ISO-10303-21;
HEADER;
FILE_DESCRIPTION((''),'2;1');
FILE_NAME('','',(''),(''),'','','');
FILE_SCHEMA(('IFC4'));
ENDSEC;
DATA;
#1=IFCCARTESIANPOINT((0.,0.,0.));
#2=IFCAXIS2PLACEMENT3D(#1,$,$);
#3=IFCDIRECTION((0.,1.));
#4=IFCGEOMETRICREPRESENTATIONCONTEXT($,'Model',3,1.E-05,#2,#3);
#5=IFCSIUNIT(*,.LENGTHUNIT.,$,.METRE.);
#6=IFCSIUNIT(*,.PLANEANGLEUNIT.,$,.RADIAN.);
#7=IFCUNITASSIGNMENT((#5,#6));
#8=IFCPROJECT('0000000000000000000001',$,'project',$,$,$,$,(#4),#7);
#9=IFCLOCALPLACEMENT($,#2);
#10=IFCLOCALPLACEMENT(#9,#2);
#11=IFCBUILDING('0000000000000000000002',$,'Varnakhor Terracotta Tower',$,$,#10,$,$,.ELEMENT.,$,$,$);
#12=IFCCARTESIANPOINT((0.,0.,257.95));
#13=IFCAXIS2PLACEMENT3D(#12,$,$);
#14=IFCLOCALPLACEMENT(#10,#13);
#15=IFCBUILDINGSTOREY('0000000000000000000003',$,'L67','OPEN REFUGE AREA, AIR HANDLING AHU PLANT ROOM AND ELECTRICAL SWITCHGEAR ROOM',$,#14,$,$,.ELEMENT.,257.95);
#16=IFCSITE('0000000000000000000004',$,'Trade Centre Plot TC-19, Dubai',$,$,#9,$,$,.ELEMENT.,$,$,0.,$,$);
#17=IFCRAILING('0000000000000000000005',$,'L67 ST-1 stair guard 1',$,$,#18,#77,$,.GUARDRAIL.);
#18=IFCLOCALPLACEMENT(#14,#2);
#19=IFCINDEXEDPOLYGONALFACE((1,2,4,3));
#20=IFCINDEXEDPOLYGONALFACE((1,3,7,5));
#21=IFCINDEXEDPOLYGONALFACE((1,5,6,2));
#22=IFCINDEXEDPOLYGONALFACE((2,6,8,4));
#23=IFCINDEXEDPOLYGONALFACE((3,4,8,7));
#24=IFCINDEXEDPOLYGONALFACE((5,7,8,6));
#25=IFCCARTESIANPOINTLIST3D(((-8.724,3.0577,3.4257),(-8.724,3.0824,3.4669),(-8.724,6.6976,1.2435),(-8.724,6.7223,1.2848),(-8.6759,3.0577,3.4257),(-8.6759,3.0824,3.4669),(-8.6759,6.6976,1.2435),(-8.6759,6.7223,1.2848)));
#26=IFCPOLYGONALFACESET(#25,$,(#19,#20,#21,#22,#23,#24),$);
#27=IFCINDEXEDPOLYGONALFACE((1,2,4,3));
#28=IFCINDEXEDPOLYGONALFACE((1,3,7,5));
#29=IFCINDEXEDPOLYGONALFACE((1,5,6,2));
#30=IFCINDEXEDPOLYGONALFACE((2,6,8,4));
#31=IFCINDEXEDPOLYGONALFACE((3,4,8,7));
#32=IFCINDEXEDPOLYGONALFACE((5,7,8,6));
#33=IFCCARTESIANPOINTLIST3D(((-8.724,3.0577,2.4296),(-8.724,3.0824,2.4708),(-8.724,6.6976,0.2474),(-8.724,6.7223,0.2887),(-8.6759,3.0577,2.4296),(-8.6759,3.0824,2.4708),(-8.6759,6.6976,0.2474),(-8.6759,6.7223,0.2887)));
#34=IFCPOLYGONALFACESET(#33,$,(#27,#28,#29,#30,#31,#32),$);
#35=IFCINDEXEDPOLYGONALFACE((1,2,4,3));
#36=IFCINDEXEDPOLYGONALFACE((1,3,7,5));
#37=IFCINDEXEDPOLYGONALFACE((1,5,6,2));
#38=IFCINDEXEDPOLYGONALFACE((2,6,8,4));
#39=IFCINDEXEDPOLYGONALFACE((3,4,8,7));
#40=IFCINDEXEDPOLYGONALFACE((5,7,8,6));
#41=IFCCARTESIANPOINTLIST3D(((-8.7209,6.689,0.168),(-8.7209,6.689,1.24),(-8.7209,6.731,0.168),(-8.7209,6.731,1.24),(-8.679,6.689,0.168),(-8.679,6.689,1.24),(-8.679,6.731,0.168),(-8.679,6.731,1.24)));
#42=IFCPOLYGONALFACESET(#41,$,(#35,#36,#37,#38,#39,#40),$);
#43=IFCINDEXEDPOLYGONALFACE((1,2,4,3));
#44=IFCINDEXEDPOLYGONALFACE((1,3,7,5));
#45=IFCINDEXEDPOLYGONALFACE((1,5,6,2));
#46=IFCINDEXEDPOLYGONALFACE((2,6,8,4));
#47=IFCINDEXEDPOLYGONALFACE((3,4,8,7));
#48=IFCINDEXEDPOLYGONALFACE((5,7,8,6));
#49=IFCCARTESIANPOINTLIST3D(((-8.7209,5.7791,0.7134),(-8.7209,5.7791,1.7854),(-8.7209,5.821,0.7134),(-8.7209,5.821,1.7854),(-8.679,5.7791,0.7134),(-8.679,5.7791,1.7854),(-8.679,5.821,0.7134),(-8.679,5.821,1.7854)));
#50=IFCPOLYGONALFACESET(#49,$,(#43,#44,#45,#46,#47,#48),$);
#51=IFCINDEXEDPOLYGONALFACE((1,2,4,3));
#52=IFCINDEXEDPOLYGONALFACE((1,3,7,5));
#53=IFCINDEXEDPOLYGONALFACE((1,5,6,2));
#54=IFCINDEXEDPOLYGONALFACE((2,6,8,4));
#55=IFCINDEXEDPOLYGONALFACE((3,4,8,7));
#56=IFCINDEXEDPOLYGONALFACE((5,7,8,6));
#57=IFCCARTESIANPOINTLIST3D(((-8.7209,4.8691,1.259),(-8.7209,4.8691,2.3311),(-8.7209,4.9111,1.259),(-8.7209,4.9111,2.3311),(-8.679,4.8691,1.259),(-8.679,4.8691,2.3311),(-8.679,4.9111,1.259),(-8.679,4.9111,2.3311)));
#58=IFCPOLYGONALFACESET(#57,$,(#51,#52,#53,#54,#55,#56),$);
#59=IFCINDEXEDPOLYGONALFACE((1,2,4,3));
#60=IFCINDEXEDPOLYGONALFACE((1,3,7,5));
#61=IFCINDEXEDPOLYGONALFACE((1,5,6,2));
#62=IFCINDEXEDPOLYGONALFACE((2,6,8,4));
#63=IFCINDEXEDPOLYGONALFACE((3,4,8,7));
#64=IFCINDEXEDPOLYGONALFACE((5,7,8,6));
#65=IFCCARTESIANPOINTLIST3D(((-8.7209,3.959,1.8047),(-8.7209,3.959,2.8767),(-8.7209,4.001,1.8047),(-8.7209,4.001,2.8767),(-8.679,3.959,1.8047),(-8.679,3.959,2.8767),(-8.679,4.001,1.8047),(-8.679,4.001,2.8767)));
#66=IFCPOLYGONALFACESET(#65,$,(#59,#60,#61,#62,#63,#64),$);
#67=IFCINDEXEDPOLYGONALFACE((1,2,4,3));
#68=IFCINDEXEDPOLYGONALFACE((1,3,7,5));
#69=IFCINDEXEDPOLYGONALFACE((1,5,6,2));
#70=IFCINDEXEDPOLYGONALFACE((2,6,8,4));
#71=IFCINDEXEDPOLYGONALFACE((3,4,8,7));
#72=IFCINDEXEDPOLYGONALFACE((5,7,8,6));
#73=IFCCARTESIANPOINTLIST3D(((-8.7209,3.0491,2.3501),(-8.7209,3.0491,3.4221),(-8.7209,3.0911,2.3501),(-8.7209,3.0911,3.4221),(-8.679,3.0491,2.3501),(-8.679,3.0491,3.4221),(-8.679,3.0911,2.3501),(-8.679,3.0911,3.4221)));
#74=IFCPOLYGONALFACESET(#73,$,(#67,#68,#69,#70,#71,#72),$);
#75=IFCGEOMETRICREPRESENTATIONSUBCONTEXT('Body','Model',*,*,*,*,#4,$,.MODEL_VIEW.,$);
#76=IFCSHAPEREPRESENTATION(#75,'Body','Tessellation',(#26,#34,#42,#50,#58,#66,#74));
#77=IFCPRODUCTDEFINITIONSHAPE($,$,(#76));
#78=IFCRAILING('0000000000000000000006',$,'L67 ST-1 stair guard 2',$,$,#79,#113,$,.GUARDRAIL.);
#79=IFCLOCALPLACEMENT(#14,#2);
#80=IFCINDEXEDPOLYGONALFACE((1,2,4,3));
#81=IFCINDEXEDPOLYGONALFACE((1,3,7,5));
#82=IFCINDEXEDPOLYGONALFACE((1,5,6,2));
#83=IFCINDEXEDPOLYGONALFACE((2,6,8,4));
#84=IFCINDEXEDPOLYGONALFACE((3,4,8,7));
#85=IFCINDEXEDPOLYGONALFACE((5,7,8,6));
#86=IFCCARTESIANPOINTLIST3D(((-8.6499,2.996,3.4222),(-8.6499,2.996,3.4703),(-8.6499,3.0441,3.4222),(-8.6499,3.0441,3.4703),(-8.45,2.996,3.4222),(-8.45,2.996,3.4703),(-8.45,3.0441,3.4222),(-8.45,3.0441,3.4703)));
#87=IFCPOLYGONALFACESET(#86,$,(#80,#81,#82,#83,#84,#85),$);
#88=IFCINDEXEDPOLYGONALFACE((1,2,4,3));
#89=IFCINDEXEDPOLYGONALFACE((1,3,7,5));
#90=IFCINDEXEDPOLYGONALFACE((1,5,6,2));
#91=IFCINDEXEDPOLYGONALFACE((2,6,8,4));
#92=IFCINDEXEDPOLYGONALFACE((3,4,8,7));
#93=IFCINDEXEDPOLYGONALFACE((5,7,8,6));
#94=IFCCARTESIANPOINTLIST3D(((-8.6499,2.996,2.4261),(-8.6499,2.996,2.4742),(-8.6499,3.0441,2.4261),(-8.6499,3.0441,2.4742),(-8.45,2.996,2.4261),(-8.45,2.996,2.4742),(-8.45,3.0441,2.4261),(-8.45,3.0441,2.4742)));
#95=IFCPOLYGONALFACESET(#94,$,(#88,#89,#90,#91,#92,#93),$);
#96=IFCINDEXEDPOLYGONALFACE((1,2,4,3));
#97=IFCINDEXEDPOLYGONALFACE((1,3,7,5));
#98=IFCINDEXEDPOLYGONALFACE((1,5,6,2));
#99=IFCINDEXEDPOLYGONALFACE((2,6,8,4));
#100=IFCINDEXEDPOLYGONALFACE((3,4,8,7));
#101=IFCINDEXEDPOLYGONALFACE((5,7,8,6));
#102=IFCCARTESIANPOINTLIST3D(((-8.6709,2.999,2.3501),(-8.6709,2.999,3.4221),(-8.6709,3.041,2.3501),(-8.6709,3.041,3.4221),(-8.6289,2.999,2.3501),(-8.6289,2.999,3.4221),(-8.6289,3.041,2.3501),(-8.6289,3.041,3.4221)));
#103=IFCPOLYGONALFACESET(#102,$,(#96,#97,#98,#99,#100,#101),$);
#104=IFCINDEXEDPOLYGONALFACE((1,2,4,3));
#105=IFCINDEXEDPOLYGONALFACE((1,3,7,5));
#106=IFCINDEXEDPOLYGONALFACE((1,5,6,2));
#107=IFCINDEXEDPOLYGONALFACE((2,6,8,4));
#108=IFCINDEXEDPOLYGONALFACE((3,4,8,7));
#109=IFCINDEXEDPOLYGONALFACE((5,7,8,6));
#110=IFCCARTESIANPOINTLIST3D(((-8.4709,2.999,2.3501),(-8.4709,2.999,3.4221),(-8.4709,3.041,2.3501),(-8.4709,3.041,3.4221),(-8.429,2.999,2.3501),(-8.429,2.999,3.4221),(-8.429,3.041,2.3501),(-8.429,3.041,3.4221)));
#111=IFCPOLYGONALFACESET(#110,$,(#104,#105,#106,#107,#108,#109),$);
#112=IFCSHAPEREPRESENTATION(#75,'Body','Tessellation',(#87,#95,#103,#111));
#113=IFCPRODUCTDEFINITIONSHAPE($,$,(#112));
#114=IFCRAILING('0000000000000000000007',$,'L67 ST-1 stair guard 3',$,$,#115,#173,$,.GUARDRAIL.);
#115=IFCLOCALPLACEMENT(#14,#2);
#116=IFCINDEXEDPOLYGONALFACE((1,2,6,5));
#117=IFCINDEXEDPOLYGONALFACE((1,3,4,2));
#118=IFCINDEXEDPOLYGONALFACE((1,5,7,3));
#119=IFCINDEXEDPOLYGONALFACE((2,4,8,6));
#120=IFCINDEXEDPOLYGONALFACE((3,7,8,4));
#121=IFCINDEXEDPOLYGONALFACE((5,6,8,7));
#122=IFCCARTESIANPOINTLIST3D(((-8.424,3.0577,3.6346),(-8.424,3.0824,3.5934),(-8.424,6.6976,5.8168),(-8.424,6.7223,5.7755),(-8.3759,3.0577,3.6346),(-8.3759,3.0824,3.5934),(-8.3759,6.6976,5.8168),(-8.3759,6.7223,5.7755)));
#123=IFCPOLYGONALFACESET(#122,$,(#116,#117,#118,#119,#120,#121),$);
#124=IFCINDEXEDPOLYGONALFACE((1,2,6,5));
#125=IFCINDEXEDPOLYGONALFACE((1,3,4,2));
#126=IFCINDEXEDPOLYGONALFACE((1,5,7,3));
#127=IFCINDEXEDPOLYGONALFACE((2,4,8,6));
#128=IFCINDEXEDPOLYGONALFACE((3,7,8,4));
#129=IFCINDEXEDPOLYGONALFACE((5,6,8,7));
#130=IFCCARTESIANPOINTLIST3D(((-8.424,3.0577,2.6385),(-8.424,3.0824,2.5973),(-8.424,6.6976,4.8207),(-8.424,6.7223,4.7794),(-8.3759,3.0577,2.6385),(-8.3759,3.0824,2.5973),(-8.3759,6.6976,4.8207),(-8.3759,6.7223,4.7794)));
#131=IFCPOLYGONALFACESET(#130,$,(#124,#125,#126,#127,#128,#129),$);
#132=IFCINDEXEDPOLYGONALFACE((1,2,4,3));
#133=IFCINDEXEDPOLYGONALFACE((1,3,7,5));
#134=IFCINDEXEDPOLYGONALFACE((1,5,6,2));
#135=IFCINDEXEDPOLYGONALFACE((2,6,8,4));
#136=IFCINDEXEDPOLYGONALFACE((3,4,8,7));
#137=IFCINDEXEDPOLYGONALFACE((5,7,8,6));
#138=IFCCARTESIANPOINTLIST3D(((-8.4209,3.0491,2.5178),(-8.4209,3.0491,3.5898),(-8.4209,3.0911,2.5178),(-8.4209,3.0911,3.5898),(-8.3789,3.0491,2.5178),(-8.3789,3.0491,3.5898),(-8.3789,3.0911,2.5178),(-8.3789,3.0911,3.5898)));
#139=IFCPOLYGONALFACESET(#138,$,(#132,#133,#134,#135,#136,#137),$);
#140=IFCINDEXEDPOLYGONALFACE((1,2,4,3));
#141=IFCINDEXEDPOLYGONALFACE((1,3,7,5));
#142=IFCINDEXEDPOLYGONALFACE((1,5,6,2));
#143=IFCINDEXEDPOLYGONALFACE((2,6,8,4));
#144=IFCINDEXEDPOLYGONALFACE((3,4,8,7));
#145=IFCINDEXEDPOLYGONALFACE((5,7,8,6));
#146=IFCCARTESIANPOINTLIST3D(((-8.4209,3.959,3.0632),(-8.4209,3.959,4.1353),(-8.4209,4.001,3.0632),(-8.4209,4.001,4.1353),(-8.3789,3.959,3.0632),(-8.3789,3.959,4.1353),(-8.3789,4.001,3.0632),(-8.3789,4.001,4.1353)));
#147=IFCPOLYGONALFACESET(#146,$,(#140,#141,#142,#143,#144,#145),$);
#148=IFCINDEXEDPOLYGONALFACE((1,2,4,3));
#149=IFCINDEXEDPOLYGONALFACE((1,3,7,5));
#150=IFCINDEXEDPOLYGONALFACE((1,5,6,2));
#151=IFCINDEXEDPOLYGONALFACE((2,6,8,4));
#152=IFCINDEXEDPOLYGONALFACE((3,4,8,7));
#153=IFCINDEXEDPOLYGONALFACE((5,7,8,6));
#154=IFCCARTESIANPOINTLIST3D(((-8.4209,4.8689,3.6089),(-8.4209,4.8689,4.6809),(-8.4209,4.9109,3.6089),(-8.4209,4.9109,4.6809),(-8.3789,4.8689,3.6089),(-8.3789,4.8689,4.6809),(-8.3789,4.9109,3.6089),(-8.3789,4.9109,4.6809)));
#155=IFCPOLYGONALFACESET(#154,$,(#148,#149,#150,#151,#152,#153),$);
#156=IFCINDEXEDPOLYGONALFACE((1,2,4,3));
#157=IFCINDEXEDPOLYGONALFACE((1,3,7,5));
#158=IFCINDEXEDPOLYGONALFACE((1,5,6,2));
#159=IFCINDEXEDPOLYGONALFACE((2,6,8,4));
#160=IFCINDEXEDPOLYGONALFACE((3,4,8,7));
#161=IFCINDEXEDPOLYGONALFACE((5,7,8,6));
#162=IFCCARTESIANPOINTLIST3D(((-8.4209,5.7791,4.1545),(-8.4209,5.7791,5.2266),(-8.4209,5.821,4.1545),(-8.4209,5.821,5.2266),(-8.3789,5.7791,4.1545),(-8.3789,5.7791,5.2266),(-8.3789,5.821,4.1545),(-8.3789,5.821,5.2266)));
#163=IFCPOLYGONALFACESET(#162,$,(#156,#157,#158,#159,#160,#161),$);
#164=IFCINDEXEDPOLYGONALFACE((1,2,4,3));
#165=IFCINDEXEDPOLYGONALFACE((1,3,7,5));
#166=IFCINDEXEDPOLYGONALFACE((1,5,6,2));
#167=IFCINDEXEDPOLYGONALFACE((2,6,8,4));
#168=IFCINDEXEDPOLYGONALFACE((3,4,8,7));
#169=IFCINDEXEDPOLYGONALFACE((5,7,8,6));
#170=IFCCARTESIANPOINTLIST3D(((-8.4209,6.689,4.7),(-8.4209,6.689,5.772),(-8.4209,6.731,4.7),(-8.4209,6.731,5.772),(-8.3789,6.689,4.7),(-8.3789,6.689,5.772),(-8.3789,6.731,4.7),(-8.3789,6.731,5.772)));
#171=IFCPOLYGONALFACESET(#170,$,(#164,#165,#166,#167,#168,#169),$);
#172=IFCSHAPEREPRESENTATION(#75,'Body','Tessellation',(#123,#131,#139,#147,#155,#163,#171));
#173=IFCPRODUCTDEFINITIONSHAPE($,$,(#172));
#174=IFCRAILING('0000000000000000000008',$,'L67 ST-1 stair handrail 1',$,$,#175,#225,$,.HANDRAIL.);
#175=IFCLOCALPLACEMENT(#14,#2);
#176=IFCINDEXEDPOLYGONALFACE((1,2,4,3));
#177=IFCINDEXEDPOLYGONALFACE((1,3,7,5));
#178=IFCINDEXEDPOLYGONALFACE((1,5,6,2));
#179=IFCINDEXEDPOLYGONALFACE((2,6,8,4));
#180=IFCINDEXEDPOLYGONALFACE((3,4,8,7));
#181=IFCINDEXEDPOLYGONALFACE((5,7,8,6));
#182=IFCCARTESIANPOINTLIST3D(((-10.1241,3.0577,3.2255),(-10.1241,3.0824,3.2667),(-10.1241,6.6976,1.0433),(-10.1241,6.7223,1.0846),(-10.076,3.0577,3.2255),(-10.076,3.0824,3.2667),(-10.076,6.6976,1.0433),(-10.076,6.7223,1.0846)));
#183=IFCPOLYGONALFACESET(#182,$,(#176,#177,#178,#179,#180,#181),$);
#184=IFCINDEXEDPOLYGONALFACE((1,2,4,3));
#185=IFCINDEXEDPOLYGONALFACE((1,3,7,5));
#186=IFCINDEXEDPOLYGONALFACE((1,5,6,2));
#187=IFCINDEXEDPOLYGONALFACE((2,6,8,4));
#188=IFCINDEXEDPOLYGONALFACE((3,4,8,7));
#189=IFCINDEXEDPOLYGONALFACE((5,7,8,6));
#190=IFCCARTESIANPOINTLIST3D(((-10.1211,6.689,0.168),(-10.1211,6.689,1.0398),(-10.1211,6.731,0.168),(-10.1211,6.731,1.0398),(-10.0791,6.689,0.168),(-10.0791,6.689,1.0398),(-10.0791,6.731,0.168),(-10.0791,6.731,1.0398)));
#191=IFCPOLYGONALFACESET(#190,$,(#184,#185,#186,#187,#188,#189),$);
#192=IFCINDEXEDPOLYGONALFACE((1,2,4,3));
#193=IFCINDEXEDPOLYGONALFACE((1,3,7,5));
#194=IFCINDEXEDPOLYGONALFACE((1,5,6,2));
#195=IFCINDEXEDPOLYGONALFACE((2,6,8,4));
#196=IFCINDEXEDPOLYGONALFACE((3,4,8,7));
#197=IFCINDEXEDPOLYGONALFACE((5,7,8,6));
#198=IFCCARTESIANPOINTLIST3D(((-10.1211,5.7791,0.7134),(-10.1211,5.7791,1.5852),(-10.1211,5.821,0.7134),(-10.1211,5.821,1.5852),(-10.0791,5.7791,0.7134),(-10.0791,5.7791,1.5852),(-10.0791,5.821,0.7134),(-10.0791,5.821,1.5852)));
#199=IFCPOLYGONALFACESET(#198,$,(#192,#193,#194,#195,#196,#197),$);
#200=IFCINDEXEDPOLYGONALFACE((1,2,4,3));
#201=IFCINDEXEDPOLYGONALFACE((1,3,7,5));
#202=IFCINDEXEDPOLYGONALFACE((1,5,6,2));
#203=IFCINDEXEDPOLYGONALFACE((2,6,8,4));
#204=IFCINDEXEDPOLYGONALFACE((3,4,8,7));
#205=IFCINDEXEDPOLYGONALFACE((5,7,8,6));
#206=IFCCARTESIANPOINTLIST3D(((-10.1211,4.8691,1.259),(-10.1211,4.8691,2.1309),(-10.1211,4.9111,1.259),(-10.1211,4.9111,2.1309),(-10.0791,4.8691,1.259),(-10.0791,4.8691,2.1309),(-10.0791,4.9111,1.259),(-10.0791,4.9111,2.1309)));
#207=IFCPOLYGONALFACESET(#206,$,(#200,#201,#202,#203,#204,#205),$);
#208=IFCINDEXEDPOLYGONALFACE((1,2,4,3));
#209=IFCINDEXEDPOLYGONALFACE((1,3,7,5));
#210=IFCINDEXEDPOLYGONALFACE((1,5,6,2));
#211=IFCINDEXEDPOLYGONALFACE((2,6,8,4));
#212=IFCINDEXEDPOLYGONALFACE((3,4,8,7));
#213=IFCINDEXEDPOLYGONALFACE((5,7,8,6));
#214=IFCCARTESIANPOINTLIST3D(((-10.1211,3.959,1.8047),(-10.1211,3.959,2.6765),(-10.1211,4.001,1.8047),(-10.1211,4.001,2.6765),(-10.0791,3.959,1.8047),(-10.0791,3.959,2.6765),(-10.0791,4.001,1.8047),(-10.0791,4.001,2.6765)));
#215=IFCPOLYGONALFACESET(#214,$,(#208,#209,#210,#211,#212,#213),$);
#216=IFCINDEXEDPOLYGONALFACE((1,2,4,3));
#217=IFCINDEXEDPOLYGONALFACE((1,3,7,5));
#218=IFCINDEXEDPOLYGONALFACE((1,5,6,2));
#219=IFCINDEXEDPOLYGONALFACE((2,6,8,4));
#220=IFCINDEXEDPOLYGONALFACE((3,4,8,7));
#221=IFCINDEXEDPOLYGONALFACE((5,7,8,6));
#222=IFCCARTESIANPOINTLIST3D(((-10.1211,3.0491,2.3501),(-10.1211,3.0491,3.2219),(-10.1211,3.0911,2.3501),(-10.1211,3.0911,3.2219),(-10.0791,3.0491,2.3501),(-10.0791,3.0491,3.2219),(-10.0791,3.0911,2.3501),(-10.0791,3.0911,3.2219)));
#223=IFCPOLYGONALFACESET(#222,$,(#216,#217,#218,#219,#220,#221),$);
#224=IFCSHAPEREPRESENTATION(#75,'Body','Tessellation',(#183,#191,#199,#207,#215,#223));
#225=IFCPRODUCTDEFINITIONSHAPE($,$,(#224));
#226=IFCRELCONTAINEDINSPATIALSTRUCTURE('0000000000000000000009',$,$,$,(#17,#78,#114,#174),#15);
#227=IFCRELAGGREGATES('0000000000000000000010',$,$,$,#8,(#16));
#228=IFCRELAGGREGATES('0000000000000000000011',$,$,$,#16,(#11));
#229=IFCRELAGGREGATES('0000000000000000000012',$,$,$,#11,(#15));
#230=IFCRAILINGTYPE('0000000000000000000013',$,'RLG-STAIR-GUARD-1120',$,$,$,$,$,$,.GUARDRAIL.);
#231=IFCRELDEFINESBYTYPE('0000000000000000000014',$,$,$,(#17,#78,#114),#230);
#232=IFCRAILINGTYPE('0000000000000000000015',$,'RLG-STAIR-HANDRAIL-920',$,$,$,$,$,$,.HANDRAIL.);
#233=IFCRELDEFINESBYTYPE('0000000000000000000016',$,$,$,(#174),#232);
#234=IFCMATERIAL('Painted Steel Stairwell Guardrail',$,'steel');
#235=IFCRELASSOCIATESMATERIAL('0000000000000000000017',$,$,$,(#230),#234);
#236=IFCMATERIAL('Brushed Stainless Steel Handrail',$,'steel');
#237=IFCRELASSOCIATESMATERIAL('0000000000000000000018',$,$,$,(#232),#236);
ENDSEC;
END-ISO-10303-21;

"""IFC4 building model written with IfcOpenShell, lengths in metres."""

from ifc_helpers import new_model, si_unit, direction, frame, origin, origin_2d, place, context, subcontext, project, spatial, rectangle, extrude, material, type_object, element, save


model = new_model("IFC4")

# Units and contexts
model_context = context("Model", 3, precision=1e-05, world=origin(), true_north=direction((0.0, 1.0)))
body_context = subcontext(model_context, "Body", "Model", "MODEL_VIEW")
ifc_project = project(units=[si_unit("LENGTHUNIT", "METRE"), si_unit("PLANEANGLEUNIT", "RADIAN")], contexts=[model_context])

# Site, building, storey
site_placement = place(None, origin())
site = spatial("IfcSite", under=ifc_project, at=site_placement, Name="Trade Centre Plot TC-19, Dubai", CompositionType="ELEMENT", RefElevation=0.0)
building_placement = place(site_placement, origin())
building = spatial("IfcBuilding", under=site, at=building_placement, Name="Varnakhor Terracotta Tower", CompositionType="ELEMENT")
storey_placement = place(building_placement, frame((0.0, 0.0, 257.95)))
storey = spatial("IfcBuildingStorey", under=building, at=storey_placement, Name="L67", Description="OPEN REFUGE AREA, AIR HANDLING AHU PLANT ROOM AND ELECTRICAL SWITCHGEAR ROOM", CompositionType="ELEMENT", Elevation=257.95)

# Railings
ifc_material_1 = material(Name="Painted Steel Stairwell Guardrail", Category="steel")
railing_type_1 = type_object("IfcRailingType", Name="RLG-STAIR-GUARD-1120", PredefinedType="GUARDRAIL", material=ifc_material_1)
railing_1_placement = place(storey_placement, frame((-8.7, 6.71, 0.168)))
element("IfcRailing", 1, at=railing_1_placement, inside=storey, type_object=railing_type_1, Name="L67 ST-1 stair guard 1", PredefinedType="GUARDRAIL", context=body_context, shape_type="SweptSolid", body=[
    extrude(rectangle(XDim=0.0481, YDim=0.0481, at=origin_2d()), frame((0.0, 0.0, 1.0962), z_axis=(0.0, -0.857681, 0.514183), x_axis=(1.0, 0.0, 0.0)), (0.0, 0.0, 1.0), 4.2439),
    extrude(rectangle(XDim=0.0481, YDim=0.0481, at=origin_2d()), frame((0.0, 0.0, 0.1001), z_axis=(0.0, -0.857681, 0.514183), x_axis=(1.0, 0.0, 0.0)), (0.0, 0.0, 1.0), 4.2439),
    extrude(rectangle(XDim=0.042, YDim=0.042, at=origin_2d()), origin(), (0.0, 0.0, 1.0), 1.072),
    extrude(rectangle(XDim=0.042, YDim=0.042, at=origin_2d()), frame((0.0, -0.9099, 0.5454)), (0.0, 0.0, 1.0), 1.072),
    extrude(rectangle(XDim=0.042, YDim=0.042, at=origin_2d()), frame((0.0, -1.8198, 1.0911)), (0.0, 0.0, 1.0), 1.072),
    extrude(rectangle(XDim=0.042, YDim=0.042, at=origin_2d()), frame((0.0, -2.73, 1.6367)), (0.0, 0.0, 1.0), 1.072),
    extrude(rectangle(XDim=0.042, YDim=0.042, at=origin_2d()), frame((0.0, -3.6399, 2.1821)), (0.0, 0.0, 1.0), 1.072),
])
railing_2_placement = place(storey_placement, frame((-8.6499, 3.02, 2.3501)))
element("IfcRailing", 2, at=railing_2_placement, inside=storey, type_object=railing_type_1, Name="L67 ST-1 stair guard 2", PredefinedType="GUARDRAIL", context=body_context, shape_type="SweptSolid", body=[
    extrude(rectangle(XDim=0.0481, YDim=0.0481, at=origin_2d()), frame((0.0, 0.0, 1.0962), z_axis=(1.0, 0.0, 0.0), x_axis=(0.0, 1.0, 0.0)), (0.0, 0.0, 1.0), 0.2),
    extrude(rectangle(XDim=0.0481, YDim=0.0481, at=origin_2d()), frame((0.0, 0.0, 0.1001), z_axis=(1.0, 0.0, 0.0), x_axis=(0.0, 1.0, 0.0)), (0.0, 0.0, 1.0), 0.2),
    extrude(rectangle(XDim=0.042, YDim=0.042, at=origin_2d()), origin(), (0.0, 0.0, 1.0), 1.072),
    extrude(rectangle(XDim=0.042, YDim=0.042, at=origin_2d()), frame((0.2, 0.0, 0.0)), (0.0, 0.0, 1.0), 1.072),
])
railing_3_placement = place(storey_placement, frame((-8.3999, 3.0701, 2.5178)))
element("IfcRailing", 3, at=railing_3_placement, inside=storey, type_object=railing_type_1, Name="L67 ST-1 stair guard 3", PredefinedType="GUARDRAIL", context=body_context, shape_type="SweptSolid", body=[
    extrude(rectangle(XDim=0.0481, YDim=0.0481, at=origin_2d()), frame((0.0, 0.0, 1.0962), z_axis=(0.0, 0.857681, 0.514183), x_axis=(-1.0, 0.0, 0.0)), (0.0, 0.0, 1.0), 4.2439),
    extrude(rectangle(XDim=0.0481, YDim=0.0481, at=origin_2d()), frame((0.0, 0.0, 0.1001), z_axis=(0.0, 0.857681, 0.514183), x_axis=(-1.0, 0.0, 0.0)), (0.0, 0.0, 1.0), 4.2439),
    extrude(rectangle(XDim=0.042, YDim=0.042, at=origin_2d()), origin(), (0.0, 0.0, 1.0), 1.072),
    extrude(rectangle(XDim=0.042, YDim=0.042, at=origin_2d()), frame((0.0, 0.9099, 0.5454)), (0.0, 0.0, 1.0), 1.072),
    extrude(rectangle(XDim=0.042, YDim=0.042, at=origin_2d()), frame((0.0, 1.8198, 1.0911)), (0.0, 0.0, 1.0), 1.072),
    extrude(rectangle(XDim=0.042, YDim=0.042, at=origin_2d()), frame((0.0, 2.73, 1.6367)), (0.0, 0.0, 1.0), 1.072),
    extrude(rectangle(XDim=0.042, YDim=0.042, at=origin_2d()), frame((0.0, 3.6399, 2.1821)), (0.0, 0.0, 1.0), 1.072),
])
ifc_material_2 = material(Name="Brushed Stainless Steel Handrail", Category="steel")
railing_type_2 = type_object("IfcRailingType", Name="RLG-STAIR-HANDRAIL-920", PredefinedType="HANDRAIL", material=ifc_material_2)
railing_4_placement = place(storey_placement, frame((-10.1001, 6.71, 0.168)))
element("IfcRailing", 4, at=railing_4_placement, inside=storey, type_object=railing_type_2, Name="L67 ST-1 stair handrail 1", PredefinedType="HANDRAIL", context=body_context, shape_type="SweptSolid", body=[
    extrude(rectangle(XDim=0.0481, YDim=0.0481, at=origin_2d()), frame((0.0, 0.0, 0.896), z_axis=(0.0, -0.857681, 0.514183), x_axis=(1.0, 0.0, 0.0)), (0.0, 0.0, 1.0), 4.2439),
    extrude(rectangle(XDim=0.042, YDim=0.042, at=origin_2d()), origin(), (0.0, 0.0, 1.0), 0.8718),
    extrude(rectangle(XDim=0.042, YDim=0.042, at=origin_2d()), frame((0.0, -0.9099, 0.5454)), (0.0, 0.0, 1.0), 0.8718),
    extrude(rectangle(XDim=0.042, YDim=0.042, at=origin_2d()), frame((0.0, -1.8198, 1.0911)), (0.0, 0.0, 1.0), 0.8718),
    extrude(rectangle(XDim=0.042, YDim=0.042, at=origin_2d()), frame((0.0, -2.73, 1.6367)), (0.0, 0.0, 1.0), 0.8718),
    extrude(rectangle(XDim=0.042, YDim=0.042, at=origin_2d()), frame((0.0, -3.6399, 2.1821)), (0.0, 0.0, 1.0), 0.8718),
])

save(model, "model.ifc")
